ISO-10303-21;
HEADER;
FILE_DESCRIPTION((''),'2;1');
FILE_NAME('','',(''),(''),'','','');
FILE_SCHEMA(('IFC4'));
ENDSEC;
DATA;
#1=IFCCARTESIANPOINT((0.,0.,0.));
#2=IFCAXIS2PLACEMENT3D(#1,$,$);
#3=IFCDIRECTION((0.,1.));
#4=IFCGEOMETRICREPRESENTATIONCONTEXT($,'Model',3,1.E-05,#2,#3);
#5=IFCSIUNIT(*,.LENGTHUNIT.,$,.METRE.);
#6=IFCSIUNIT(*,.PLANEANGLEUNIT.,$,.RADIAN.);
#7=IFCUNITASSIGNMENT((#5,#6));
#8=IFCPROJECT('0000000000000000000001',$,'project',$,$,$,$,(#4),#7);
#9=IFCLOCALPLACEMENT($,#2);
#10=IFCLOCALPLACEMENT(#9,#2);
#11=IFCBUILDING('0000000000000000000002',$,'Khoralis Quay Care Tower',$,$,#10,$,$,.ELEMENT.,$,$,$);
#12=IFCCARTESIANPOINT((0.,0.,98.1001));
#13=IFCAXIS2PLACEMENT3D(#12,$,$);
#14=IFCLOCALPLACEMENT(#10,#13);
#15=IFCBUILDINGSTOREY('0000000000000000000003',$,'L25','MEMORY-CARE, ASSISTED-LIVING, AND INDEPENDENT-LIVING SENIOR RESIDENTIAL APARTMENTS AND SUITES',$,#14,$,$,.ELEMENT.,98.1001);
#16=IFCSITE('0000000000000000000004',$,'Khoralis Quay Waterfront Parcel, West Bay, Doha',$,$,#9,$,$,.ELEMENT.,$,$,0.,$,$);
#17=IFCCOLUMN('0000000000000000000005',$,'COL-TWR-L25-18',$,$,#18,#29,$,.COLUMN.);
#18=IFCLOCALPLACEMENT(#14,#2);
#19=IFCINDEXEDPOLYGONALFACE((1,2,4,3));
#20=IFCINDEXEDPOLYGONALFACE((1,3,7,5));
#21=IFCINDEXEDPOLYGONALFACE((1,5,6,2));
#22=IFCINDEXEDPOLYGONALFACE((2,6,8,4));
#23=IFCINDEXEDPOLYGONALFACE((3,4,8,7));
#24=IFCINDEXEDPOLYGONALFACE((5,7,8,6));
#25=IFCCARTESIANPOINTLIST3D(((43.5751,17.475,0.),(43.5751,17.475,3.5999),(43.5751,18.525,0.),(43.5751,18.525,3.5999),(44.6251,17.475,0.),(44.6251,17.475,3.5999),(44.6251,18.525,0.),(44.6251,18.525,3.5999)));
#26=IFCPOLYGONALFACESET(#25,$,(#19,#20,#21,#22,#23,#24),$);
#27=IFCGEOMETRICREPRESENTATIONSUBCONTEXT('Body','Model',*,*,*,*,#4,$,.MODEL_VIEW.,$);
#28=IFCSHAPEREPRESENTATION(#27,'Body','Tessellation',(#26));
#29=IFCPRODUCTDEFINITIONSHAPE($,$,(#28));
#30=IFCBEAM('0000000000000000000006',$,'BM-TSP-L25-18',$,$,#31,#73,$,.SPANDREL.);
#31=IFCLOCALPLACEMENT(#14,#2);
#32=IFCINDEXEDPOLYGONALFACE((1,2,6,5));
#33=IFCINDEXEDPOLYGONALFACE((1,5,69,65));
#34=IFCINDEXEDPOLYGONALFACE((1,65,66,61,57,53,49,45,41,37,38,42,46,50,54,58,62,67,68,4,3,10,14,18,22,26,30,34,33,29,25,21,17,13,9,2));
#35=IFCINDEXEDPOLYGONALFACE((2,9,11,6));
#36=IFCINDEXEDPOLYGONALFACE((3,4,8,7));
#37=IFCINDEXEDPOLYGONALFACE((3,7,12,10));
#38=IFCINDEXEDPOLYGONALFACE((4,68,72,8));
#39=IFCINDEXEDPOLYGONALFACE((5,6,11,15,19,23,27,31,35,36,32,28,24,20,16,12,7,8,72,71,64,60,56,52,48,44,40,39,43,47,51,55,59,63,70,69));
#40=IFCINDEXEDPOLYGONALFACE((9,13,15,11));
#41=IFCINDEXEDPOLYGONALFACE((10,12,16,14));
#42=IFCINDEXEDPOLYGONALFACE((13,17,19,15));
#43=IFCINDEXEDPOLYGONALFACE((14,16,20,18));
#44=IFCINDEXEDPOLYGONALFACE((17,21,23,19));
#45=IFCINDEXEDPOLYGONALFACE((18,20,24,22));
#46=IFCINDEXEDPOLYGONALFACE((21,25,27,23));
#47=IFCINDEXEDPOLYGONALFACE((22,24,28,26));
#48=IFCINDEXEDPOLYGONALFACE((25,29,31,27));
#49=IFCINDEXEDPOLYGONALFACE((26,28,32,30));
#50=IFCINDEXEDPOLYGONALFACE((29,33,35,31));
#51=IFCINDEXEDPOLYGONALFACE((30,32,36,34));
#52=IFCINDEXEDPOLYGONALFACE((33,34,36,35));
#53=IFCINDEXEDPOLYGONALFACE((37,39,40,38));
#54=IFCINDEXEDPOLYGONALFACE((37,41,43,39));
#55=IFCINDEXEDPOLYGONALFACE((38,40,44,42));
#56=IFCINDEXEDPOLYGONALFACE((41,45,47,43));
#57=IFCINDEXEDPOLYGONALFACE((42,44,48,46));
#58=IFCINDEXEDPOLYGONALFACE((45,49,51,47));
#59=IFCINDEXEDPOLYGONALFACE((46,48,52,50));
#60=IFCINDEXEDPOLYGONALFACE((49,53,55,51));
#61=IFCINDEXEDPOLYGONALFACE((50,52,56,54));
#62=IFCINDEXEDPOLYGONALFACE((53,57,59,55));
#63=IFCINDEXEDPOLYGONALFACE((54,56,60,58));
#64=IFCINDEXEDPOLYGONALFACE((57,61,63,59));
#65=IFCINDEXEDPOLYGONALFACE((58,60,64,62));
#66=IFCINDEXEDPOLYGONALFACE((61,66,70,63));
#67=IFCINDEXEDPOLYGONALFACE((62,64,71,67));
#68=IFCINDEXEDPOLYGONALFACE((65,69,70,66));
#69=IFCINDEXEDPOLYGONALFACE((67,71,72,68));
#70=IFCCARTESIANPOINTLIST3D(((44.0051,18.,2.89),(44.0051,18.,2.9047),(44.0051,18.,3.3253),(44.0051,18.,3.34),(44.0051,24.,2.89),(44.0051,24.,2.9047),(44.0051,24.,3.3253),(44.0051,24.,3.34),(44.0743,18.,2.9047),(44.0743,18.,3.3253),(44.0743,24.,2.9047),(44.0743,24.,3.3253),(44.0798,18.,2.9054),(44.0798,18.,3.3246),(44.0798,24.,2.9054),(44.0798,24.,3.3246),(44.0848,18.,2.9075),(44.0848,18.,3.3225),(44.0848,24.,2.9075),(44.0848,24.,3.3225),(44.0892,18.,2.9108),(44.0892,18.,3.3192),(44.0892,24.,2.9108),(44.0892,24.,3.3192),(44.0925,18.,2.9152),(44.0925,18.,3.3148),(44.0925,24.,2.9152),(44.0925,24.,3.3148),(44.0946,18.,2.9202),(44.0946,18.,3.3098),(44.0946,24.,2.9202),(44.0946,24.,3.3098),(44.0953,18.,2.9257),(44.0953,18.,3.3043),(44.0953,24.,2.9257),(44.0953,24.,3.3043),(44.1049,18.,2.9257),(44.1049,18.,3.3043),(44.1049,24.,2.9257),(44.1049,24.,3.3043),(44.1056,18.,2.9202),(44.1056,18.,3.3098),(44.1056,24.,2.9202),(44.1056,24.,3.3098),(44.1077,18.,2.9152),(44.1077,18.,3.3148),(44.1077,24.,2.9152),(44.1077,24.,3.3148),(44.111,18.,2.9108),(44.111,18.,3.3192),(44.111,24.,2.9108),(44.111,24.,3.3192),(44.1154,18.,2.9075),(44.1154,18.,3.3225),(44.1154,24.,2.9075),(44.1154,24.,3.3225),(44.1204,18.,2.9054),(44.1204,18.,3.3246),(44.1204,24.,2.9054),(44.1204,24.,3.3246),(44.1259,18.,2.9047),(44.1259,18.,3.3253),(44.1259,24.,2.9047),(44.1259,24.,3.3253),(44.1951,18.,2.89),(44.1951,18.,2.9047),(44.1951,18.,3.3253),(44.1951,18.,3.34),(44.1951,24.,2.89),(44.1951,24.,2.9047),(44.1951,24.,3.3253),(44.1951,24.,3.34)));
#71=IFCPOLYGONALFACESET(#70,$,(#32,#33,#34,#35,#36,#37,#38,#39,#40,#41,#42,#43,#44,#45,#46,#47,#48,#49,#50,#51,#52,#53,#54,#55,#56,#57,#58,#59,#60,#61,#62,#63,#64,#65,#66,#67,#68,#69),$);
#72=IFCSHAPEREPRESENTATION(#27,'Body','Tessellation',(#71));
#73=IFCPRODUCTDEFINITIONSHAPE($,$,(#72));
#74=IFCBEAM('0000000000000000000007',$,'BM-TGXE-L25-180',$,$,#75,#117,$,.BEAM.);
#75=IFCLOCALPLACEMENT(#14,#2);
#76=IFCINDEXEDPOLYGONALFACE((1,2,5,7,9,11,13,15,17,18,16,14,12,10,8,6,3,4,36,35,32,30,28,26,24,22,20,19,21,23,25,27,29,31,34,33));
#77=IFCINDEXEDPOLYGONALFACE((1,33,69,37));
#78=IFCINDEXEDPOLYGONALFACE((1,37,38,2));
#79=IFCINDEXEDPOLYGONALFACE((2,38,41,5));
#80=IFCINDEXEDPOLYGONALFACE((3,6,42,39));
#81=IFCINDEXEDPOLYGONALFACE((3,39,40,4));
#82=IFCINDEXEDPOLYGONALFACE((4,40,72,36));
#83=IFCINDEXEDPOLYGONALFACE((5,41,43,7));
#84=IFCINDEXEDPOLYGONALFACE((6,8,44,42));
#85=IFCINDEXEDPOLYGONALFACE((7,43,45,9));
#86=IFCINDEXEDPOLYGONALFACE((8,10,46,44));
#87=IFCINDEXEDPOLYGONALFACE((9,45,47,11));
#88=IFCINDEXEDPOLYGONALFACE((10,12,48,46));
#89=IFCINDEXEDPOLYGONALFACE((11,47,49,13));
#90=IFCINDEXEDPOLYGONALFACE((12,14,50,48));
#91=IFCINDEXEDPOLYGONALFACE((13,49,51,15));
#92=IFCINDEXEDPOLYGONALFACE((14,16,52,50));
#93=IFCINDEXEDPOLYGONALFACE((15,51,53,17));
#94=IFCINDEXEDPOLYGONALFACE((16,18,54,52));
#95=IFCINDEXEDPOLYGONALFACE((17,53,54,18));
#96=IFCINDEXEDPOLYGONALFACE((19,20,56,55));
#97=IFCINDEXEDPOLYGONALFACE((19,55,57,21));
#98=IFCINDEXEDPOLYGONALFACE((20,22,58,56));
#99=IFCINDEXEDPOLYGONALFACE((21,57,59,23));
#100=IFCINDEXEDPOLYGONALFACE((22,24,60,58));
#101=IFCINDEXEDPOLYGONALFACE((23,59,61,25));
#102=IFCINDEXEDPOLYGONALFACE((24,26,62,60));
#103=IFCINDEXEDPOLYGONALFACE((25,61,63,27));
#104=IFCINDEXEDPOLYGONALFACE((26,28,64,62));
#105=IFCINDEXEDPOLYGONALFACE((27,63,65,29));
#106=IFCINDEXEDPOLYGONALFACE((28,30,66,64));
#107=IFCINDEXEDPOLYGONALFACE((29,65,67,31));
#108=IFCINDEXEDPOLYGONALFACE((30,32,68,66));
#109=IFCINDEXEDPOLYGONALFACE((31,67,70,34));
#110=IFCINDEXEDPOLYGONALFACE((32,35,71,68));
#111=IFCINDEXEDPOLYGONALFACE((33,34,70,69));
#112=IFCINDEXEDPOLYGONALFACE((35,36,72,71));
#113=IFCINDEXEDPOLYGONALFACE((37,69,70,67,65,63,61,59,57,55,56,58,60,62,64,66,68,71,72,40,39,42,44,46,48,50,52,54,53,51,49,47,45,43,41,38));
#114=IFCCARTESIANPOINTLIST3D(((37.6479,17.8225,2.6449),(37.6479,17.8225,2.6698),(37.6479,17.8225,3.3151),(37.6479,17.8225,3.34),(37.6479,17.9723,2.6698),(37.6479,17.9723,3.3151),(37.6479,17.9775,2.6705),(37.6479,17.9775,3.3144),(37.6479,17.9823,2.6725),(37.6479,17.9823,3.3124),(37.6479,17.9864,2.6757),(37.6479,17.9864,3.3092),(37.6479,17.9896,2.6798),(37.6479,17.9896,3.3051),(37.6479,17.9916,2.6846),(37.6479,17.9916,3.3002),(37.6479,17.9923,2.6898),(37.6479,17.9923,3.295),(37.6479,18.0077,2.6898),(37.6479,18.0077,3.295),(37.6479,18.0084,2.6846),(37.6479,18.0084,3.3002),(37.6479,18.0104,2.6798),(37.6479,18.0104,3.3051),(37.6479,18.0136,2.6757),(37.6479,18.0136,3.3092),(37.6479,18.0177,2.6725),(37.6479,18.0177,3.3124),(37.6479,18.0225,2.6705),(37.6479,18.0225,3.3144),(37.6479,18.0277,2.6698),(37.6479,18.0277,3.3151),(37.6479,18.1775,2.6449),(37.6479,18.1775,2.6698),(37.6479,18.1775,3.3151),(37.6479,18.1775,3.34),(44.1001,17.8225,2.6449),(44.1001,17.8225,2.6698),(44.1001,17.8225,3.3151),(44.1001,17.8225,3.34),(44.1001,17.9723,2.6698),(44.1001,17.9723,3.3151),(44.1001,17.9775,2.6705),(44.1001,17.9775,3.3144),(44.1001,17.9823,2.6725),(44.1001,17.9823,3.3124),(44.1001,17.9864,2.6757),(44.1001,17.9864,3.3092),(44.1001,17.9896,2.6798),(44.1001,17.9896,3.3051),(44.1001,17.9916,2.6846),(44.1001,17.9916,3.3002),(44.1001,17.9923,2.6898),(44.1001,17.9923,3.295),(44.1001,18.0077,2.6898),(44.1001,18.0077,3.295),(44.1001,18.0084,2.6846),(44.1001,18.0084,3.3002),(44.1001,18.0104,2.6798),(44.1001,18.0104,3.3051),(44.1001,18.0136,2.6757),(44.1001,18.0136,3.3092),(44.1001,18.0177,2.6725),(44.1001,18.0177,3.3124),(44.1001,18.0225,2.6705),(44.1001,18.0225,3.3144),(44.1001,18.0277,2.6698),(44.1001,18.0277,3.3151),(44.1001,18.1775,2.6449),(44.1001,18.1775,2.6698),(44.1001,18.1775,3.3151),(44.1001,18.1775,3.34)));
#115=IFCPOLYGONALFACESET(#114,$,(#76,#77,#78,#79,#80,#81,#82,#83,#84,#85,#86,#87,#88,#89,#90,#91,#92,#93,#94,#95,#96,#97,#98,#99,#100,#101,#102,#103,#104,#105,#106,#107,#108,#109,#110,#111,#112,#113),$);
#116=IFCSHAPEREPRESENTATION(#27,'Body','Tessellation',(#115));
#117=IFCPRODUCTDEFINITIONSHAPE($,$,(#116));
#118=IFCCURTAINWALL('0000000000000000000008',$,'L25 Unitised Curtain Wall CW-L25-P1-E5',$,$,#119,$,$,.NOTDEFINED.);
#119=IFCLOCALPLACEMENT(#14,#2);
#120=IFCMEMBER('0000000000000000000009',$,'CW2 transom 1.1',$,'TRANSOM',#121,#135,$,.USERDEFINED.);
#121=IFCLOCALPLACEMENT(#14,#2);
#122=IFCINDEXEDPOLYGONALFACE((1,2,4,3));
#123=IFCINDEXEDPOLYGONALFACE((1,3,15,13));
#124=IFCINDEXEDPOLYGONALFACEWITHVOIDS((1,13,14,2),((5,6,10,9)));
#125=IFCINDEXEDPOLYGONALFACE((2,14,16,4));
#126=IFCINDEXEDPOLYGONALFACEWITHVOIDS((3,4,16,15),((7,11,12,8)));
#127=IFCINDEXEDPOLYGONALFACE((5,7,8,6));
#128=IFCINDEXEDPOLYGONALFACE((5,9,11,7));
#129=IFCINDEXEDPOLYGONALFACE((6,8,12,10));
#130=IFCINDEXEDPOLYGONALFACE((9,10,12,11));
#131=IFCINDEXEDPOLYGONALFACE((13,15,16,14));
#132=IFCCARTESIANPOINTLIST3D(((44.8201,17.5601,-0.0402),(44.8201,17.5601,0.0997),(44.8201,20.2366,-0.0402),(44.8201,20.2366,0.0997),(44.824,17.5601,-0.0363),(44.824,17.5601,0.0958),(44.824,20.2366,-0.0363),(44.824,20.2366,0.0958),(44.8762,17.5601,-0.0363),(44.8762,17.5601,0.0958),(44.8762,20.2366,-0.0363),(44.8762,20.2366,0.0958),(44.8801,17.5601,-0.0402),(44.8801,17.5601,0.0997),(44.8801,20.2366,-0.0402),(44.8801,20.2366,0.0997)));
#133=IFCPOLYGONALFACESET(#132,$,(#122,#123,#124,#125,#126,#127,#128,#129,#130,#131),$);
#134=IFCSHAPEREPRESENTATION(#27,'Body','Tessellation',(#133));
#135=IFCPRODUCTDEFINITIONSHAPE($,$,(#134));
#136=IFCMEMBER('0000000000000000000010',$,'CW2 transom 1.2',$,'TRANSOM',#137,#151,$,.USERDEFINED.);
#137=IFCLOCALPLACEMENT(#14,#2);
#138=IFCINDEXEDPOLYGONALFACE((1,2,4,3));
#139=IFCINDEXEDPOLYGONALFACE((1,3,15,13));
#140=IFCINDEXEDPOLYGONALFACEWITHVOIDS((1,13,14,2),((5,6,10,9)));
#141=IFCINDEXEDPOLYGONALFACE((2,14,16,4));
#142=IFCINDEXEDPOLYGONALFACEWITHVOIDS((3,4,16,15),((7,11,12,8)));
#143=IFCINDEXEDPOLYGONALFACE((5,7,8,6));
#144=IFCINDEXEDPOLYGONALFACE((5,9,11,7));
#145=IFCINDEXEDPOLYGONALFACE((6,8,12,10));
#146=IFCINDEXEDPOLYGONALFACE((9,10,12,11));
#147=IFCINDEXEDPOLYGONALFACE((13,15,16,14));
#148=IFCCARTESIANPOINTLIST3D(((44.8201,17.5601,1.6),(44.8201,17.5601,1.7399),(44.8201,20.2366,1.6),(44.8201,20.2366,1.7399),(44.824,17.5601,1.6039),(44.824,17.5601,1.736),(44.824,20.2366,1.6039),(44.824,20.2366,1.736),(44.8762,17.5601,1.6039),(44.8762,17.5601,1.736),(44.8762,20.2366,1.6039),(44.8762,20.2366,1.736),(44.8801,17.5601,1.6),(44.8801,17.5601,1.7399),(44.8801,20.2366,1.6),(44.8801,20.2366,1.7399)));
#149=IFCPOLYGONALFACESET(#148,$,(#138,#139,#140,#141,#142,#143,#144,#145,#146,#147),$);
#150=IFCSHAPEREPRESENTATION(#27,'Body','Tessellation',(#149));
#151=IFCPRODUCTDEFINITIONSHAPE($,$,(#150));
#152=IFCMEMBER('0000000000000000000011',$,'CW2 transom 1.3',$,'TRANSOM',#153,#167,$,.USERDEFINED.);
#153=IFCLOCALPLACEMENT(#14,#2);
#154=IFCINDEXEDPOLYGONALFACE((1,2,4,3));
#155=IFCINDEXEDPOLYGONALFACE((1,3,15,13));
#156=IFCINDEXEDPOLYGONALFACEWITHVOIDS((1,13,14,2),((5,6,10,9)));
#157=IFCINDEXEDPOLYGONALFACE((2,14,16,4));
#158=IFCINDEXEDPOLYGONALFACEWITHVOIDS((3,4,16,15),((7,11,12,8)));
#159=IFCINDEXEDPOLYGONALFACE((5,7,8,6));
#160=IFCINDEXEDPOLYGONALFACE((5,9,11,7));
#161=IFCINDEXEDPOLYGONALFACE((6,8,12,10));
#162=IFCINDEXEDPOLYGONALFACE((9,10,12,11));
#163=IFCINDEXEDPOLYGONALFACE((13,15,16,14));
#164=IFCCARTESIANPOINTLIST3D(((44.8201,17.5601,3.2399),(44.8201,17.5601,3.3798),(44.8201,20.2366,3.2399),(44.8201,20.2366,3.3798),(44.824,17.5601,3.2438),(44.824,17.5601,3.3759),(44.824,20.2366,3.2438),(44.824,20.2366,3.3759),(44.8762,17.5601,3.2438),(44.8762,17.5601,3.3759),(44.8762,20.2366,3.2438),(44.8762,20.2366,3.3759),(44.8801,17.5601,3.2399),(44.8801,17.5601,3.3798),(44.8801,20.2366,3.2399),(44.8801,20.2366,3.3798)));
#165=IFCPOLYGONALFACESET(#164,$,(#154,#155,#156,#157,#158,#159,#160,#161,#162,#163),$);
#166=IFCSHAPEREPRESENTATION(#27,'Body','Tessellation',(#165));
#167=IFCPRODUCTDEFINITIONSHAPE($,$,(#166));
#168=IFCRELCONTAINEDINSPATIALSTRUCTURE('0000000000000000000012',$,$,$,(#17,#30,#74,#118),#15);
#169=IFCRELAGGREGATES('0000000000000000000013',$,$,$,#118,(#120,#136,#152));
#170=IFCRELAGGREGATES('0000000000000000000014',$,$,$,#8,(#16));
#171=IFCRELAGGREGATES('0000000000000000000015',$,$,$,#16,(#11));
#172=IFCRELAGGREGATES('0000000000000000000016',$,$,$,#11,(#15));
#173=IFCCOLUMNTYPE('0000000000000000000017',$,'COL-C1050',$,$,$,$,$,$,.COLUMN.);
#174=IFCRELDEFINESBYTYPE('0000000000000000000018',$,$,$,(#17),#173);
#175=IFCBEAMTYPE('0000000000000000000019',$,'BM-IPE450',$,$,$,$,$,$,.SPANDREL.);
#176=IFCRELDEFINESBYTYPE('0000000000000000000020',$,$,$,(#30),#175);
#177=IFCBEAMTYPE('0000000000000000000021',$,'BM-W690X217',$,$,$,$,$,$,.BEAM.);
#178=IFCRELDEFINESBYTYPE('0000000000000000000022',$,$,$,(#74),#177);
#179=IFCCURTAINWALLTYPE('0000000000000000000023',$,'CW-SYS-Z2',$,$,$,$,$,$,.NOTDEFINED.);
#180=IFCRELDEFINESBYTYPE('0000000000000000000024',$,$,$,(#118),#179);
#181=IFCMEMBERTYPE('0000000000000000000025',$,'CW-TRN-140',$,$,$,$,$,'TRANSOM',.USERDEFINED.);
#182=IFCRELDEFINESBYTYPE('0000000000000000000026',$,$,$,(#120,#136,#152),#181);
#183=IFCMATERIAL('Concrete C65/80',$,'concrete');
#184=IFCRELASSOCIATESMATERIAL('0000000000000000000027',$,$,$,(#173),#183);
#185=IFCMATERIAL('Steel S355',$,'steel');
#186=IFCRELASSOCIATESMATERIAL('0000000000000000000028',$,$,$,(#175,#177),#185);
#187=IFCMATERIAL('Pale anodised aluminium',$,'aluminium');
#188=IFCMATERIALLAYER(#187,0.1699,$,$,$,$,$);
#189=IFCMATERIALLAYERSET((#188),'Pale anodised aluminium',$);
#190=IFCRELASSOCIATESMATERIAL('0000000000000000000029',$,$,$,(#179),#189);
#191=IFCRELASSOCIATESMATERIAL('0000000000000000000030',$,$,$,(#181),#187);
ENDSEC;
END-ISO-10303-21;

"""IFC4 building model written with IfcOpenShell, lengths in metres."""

from ifc_helpers import new_model, si_unit, direction, frame, origin, origin_2d, place, context, subcontext, project, spatial, rectangle, hollow_rectangle, i_section, extrude, source, transform, mapped, material, layer, layer_set, material_profile, profile_set, type_object, element, aggregate, save


model = new_model("IFC4")

# Units and contexts
model_context = context("Model", 3, precision=1e-05, world=origin(), true_north=direction((0.0, 1.0)))
body_context = subcontext(model_context, "Body", "Model", "MODEL_VIEW")
ifc_project = project(units=[si_unit("LENGTHUNIT", "METRE"), si_unit("PLANEANGLEUNIT", "RADIAN")], contexts=[model_context])

# Site, building, storey
site_placement = place(None, origin())
site = spatial("IfcSite", under=ifc_project, at=site_placement, Name="Khoralis Quay Waterfront Parcel, West Bay, Doha", CompositionType="ELEMENT", RefElevation=0.0)
building_placement = place(site_placement, origin())
building = spatial("IfcBuilding", under=site, at=building_placement, Name="Khoralis Quay Care Tower", CompositionType="ELEMENT")
storey_placement = place(building_placement, frame((0.0, 0.0, 98.1001)))
storey = spatial("IfcBuildingStorey", under=building, at=storey_placement, Name="L25", Description="MEMORY-CARE, ASSISTED-LIVING, AND INDEPENDENT-LIVING SENIOR RESIDENTIAL APARTMENTS AND SUITES", CompositionType="ELEMENT", Elevation=98.1001)

# Column
ifc_material_1 = material(Name="Concrete C65/80", Category="concrete")
ifc_material_profile_1 = material_profile(ifc_material_1, rectangle(XDim=1.05, YDim=1.05, at=origin_2d()), Name="Concrete C65/80")
ifc_profile_set_1 = profile_set([ifc_material_profile_1], Name="Concrete C65/80")
column_type = type_object("IfcColumnType", Name="COL-C1050", PredefinedType="COLUMN", material=ifc_profile_set_1)
shared_shape_1 = source(origin(), body_context, "Body", "SweptSolid", [
    extrude(rectangle(XDim=1.05, YDim=1.05, at=origin_2d()), origin(), (0.0, 0.0, 1.0), 3.5999),
])
column_placement = place(storey_placement, frame((44.1001, 18.0, 0.0), z_axis=(0.0, 0.0, 1.0), x_axis=(1.0, 0.0, 0.0)))
element("IfcColumn", 1, at=column_placement, inside=storey, type_object=column_type, Name="COL-TWR-L25-18", PredefinedType="COLUMN", context=body_context, shape_type="MappedRepresentation", body=[
    mapped(shared_shape_1, transform((0.0, 0.0, 0.0), scale=1.0)),
])

# Beams
ifc_material_2 = material(Name="Steel S355", Category="steel")
ifc_material_profile_2 = material_profile(ifc_material_2, i_section(OverallWidth=0.1899, OverallDepth=0.45, WebThickness=0.0095, FlangeThickness=0.0146, FilletRadius=0.021, at=origin_2d()), Name="Steel S355")
ifc_profile_set_2 = profile_set([ifc_material_profile_2], Name="Steel S355")
beam_type_1 = type_object("IfcBeamType", Name="BM-IPE450", PredefinedType="SPANDREL", material=ifc_profile_set_2)
shared_shape_2 = source(origin(), body_context, "Body", "SweptSolid", [
    extrude(i_section(OverallWidth=0.1899, OverallDepth=0.45, WebThickness=0.0095, FlangeThickness=0.0146, FilletRadius=0.021, at=origin_2d()), origin(), (0.0, 0.0, 1.0), 6.0),
])
beam_1_placement = place(storey_placement, frame((44.1001, 18.0, 3.115), z_axis=(0.0, 1.0, 0.0), x_axis=(-1.0, 0.0, 0.0)))
element("IfcBeam", 2, at=beam_1_placement, inside=storey, type_object=beam_type_1, Name="BM-TSP-L25-18", PredefinedType="SPANDREL", context=body_context, shape_type="MappedRepresentation", body=[
    mapped(shared_shape_2, transform((0.0, 0.0, 0.0), scale=1.0)),
])
ifc_material_profile_3 = material_profile(ifc_material_2, i_section(OverallWidth=0.355, OverallDepth=0.6951, WebThickness=0.0154, FlangeThickness=0.0249, FilletRadius=0.02, at=origin_2d()), Name="Steel S355")
ifc_profile_set_3 = profile_set([ifc_material_profile_3], Name="Steel S355")
beam_type_2 = type_object("IfcBeamType", Name="BM-W690X217", PredefinedType="BEAM", material=ifc_profile_set_3)
shared_shape_3 = source(origin(), body_context, "Body", "SweptSolid", [
    extrude(i_section(OverallWidth=0.355, OverallDepth=0.6951, WebThickness=0.0154, FlangeThickness=0.0249, FilletRadius=0.02, at=origin_2d()), origin(), (0.0, 0.0, 1.0), 6.4521),
])
beam_2_placement = place(storey_placement, frame((37.6479, 18.0, 2.9924), z_axis=(1.0, 0.0, 0.0), x_axis=(0.0, 1.0, 0.0)))
element("IfcBeam", 3, at=beam_2_placement, inside=storey, type_object=beam_type_2, Name="BM-TGXE-L25-180", PredefinedType="BEAM", context=body_context, shape_type="MappedRepresentation", body=[
    mapped(shared_shape_3, transform((0.0, 0.0, 0.0), scale=1.0)),
])

# Curtain wall, members
ifc_material_3 = material(Name="Pale anodised aluminium", Category="aluminium")
ifc_layer_1 = layer(ifc_material_3, 0.1699)
ifc_layer_set_1 = layer_set([ifc_layer_1], Name="Pale anodised aluminium")
curtain_wall_type = type_object("IfcCurtainWallType", Name="CW-SYS-Z2", PredefinedType="NOTDEFINED", material=ifc_layer_set_1)
curtain_wall_placement = place(storey_placement, origin())
curtain_wall = element("IfcCurtainWall", 4, at=curtain_wall_placement, inside=storey, type_object=curtain_wall_type, Name="L25 Unitised Curtain Wall CW-L25-P1-E5", PredefinedType="NOTDEFINED")
ifc_material_profile_4 = material_profile(ifc_material_3, hollow_rectangle(XDim=0.0601, YDim=0.1399, WallThickness=0.0039, at=origin_2d()), Name="Pale anodised aluminium")
ifc_profile_set_4 = profile_set([ifc_material_profile_4], Name="Pale anodised aluminium")
member_type_1 = type_object("IfcMemberType", Name="CW-TRN-140", ElementType="TRANSOM", PredefinedType="USERDEFINED", material=ifc_profile_set_4)
shared_shape_4 = source(origin(), body_context, "Body", "SweptSolid", [
    extrude(hollow_rectangle(XDim=0.0601, YDim=0.1399, WallThickness=0.0039, at=origin_2d()), origin(), (0.0, 0.0, 1.0), 2.6765),
])
member_1_placement = place(storey_placement, frame((44.8501, 17.5601, 0.0298), z_axis=(0.0, 1.0, 0.0), x_axis=(-1.0, 0.0, 0.0)))
member_1 = element("IfcMember", 5, at=member_1_placement, type_object=member_type_1, Name="CW2 transom 1.1", ObjectType="TRANSOM", PredefinedType="USERDEFINED", context=body_context, shape_type="MappedRepresentation", body=[
    mapped(shared_shape_4, transform((0.0, 0.0, 0.0), scale=1.0)),
])
member_2_placement = place(storey_placement, frame((44.8501, 17.5601, 1.6699), z_axis=(0.0, 1.0, 0.0), x_axis=(-1.0, 0.0, 0.0)))
member_2 = element("IfcMember", 6, at=member_2_placement, type_object=member_type_1, Name="CW2 transom 1.2", ObjectType="TRANSOM", PredefinedType="USERDEFINED", context=body_context, shape_type="MappedRepresentation", body=[
    mapped(shared_shape_4, transform((0.0, 0.0, 0.0), scale=1.0)),
])
member_3_placement = place(storey_placement, frame((44.8501, 17.5601, 3.3098), z_axis=(0.0, 1.0, 0.0), x_axis=(-1.0, 0.0, 0.0)))
member_3 = element("IfcMember", 7, at=member_3_placement, type_object=member_type_1, Name="CW2 transom 1.3", ObjectType="TRANSOM", PredefinedType="USERDEFINED", context=body_context, shape_type="MappedRepresentation", body=[
    mapped(shared_shape_4, transform((0.0, 0.0, 0.0), scale=1.0)),
])
aggregate(curtain_wall, [member_1, member_2, member_3])

save(model, "model.ifc")
